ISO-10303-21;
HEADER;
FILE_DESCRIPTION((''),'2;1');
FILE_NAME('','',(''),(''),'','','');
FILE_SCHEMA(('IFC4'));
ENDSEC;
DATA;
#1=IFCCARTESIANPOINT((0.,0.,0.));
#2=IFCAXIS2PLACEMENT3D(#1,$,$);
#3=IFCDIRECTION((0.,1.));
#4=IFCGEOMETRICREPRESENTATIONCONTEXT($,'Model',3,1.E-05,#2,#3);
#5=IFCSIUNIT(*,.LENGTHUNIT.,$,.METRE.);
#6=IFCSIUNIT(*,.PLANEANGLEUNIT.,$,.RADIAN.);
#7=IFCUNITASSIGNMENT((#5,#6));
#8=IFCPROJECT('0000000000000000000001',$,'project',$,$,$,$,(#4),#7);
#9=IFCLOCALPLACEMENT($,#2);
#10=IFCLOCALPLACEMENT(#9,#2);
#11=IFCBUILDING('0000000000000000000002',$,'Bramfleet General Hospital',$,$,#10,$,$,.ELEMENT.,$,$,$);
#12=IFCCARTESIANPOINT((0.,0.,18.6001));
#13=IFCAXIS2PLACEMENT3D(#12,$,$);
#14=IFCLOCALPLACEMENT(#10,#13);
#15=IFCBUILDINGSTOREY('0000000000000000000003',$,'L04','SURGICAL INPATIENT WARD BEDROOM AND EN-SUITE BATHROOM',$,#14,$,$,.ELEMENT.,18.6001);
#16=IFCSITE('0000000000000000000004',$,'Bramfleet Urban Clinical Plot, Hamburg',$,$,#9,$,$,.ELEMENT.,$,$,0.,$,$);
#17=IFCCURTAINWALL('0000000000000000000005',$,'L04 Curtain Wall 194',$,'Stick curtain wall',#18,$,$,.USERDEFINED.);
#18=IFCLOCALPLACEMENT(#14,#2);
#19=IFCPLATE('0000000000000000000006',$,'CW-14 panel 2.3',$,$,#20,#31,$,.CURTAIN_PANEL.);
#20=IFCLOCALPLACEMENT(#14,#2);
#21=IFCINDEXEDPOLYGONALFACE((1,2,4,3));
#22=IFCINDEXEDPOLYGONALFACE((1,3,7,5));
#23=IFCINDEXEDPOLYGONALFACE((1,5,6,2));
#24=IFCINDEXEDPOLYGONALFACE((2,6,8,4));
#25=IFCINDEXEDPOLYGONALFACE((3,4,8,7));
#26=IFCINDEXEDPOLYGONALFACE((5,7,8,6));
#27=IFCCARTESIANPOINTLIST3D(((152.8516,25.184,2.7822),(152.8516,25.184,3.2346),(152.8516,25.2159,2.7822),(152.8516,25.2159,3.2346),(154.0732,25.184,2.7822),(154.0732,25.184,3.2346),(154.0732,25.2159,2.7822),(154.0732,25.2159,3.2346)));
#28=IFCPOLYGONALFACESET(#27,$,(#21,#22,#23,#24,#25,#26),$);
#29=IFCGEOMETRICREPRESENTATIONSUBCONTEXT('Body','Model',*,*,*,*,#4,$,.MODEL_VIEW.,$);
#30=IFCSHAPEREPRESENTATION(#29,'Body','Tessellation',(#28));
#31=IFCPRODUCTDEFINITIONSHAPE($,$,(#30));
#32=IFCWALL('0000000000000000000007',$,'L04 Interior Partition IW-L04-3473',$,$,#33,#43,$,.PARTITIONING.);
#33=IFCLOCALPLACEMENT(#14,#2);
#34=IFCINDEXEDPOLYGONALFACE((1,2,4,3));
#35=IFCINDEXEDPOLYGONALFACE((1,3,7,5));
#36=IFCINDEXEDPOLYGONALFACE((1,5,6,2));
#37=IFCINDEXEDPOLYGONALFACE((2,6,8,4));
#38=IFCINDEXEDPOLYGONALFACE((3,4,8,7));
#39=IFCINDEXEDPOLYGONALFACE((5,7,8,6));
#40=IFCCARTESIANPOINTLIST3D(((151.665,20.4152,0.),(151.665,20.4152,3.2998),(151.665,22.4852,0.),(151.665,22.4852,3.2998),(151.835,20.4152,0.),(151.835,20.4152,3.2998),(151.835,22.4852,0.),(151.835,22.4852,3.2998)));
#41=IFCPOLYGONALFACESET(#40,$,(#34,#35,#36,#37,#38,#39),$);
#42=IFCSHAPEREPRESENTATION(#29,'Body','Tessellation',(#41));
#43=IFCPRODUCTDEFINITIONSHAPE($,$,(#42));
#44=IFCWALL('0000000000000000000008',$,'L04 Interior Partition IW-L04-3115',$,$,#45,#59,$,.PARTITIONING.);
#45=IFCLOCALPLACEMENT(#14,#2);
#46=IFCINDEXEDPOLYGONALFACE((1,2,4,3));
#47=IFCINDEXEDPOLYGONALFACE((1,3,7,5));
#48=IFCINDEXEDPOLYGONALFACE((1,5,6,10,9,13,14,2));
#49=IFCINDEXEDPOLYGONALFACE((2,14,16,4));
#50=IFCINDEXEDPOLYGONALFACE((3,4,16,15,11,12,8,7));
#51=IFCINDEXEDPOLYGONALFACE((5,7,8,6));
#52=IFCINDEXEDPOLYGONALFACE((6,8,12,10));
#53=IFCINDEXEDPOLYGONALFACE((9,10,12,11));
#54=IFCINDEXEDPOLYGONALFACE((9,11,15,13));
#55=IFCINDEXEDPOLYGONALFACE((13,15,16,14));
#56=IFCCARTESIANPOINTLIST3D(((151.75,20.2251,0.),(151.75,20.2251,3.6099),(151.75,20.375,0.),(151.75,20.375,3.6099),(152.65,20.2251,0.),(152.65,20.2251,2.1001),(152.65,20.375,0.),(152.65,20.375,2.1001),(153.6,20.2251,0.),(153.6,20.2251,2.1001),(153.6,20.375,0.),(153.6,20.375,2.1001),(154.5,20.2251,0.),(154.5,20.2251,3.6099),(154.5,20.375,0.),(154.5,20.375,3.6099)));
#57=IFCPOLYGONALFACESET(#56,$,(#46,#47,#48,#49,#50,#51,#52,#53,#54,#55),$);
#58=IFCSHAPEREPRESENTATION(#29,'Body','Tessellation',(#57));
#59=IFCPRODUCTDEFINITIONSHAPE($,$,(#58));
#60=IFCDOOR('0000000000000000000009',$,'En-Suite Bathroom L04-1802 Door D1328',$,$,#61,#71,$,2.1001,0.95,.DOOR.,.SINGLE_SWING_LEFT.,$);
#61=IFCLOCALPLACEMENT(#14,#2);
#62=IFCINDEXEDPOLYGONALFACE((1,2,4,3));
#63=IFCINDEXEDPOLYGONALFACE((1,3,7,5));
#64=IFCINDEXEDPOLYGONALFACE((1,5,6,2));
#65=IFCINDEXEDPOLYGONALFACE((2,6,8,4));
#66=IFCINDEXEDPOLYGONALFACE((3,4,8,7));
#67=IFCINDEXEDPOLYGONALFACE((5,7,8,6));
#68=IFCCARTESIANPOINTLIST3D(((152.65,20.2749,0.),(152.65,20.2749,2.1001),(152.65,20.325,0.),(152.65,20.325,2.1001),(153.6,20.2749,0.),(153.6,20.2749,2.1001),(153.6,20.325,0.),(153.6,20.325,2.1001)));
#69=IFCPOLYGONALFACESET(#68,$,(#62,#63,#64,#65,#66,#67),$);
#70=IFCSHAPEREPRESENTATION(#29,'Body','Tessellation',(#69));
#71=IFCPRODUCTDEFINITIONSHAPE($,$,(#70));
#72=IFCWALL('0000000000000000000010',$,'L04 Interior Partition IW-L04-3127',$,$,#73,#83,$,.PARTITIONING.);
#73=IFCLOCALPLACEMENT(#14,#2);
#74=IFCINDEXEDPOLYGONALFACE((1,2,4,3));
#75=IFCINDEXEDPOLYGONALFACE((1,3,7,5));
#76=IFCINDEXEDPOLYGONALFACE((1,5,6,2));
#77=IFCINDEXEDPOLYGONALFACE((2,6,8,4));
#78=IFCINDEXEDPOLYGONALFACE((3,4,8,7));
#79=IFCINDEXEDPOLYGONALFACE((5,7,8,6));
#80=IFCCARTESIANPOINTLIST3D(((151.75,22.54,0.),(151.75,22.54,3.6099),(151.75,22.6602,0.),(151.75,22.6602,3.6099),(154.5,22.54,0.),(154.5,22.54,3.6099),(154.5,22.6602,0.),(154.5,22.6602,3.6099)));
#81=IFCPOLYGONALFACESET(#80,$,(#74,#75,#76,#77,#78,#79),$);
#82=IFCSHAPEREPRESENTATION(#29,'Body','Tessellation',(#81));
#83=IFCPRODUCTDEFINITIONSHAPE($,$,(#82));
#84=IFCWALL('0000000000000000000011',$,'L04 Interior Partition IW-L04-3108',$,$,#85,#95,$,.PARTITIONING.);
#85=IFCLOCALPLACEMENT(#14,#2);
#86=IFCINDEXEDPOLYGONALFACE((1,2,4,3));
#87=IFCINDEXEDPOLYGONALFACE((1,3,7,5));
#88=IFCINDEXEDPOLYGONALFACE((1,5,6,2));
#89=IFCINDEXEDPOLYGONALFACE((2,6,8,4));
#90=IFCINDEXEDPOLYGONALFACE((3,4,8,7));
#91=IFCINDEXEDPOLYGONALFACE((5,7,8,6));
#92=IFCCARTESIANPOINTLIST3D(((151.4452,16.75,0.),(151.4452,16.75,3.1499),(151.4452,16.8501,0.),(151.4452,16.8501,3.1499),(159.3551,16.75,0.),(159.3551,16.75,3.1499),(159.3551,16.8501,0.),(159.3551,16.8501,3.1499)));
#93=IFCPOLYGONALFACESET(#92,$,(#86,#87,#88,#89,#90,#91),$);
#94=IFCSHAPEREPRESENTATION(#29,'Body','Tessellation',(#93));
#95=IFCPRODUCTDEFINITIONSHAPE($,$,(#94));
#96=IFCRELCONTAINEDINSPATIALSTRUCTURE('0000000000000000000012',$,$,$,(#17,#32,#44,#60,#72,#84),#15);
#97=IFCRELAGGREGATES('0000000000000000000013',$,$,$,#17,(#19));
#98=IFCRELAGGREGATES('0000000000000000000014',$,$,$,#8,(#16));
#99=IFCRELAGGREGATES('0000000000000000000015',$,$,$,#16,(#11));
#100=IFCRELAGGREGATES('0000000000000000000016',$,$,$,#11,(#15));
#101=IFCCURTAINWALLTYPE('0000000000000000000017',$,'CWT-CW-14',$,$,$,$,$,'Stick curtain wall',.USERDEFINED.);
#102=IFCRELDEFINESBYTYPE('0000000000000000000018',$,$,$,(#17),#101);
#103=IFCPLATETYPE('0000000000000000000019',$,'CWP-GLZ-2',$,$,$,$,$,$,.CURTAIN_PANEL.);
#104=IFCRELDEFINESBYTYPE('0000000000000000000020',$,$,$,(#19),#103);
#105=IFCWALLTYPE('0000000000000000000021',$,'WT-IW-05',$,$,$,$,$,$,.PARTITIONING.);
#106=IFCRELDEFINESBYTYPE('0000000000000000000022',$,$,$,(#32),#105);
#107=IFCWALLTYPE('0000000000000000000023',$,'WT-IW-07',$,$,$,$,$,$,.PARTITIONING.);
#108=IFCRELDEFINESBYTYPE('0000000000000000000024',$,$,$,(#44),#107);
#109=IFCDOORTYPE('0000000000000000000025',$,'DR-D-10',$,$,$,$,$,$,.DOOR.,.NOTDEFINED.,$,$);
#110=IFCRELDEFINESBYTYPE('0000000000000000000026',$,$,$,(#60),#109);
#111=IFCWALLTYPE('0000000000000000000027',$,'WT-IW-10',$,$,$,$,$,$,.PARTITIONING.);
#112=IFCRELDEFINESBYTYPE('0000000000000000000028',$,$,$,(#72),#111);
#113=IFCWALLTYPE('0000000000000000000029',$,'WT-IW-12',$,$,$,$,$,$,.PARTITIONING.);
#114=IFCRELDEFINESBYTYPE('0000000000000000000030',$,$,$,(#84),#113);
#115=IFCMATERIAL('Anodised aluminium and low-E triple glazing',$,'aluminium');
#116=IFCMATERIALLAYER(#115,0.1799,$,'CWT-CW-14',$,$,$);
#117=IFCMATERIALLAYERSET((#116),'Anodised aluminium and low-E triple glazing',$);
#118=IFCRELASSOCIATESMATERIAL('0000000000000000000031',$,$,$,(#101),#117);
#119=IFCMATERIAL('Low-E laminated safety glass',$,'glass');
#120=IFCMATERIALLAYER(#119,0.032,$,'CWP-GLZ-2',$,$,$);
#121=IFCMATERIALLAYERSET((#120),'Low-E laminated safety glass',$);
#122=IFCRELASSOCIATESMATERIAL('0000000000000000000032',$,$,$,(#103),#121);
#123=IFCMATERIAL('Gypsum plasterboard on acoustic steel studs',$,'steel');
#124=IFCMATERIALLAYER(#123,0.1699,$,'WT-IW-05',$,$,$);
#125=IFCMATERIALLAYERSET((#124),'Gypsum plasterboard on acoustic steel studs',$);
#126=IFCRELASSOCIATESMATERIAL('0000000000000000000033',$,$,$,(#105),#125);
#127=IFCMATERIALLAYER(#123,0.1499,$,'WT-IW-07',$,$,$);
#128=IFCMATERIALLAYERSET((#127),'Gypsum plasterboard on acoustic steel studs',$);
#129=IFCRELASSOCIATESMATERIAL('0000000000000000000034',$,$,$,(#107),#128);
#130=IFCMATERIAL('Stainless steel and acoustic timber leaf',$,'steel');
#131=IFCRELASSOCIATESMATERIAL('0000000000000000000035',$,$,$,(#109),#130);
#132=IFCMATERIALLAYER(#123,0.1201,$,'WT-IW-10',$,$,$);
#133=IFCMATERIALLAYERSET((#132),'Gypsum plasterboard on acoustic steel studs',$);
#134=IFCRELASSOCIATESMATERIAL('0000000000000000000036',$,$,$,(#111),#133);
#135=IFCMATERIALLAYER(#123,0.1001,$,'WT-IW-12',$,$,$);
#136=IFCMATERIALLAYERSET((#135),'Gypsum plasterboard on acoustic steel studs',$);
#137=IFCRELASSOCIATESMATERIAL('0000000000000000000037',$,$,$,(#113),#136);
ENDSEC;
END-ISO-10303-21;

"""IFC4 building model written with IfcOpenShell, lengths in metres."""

from ifc_helpers import new_model, si_unit, direction, frame, frame_2d, origin, origin_2d, place, context, subcontext, project, spatial, rectangle, extrude, material, layer, layer_set, type_object, element, fill, aggregate, save


model = new_model("IFC4")

# Units and contexts
model_context = context("Model", 3, precision=1e-05, world=origin(), true_north=direction((0.0, 1.0)))
body_context = subcontext(model_context, "Body", "Model", "MODEL_VIEW")
ifc_project = project(units=[si_unit("LENGTHUNIT", "METRE"), si_unit("PLANEANGLEUNIT", "RADIAN")], contexts=[model_context])

# Site, building, storey
site_placement = place(None, origin())
site = spatial("IfcSite", under=ifc_project, at=site_placement, Name="Bramfleet Urban Clinical Plot, Hamburg", CompositionType="ELEMENT", RefElevation=0.0)
building_placement = place(site_placement, origin())
building = spatial("IfcBuilding", under=site, at=building_placement, Name="Bramfleet General Hospital", CompositionType="ELEMENT")
storey_placement = place(building_placement, frame((0.0, 0.0, 18.6001)))
storey = spatial("IfcBuildingStorey", under=building, at=storey_placement, Name="L04", Description="SURGICAL INPATIENT WARD BEDROOM AND EN-SUITE BATHROOM", CompositionType="ELEMENT", Elevation=18.6001)

# Curtain wall, plate
ifc_material_1 = material(Name="Anodised aluminium and low-E triple glazing", Category="aluminium")
ifc_layer_1 = layer(ifc_material_1, 0.1799, Name="CWT-CW-14")
ifc_layer_set_1 = layer_set([ifc_layer_1], Name="Anodised aluminium and low-E triple glazing")
curtain_wall_type = type_object("IfcCurtainWallType", Name="CWT-CW-14", ElementType="Stick curtain wall", PredefinedType="USERDEFINED", material=ifc_layer_set_1)
curtain_wall_placement = place(storey_placement, origin())
curtain_wall = element("IfcCurtainWall", 1, at=curtain_wall_placement, inside=storey, type_object=curtain_wall_type, Name="L04 Curtain Wall 194", ObjectType="Stick curtain wall", PredefinedType="USERDEFINED")
ifc_material_2 = material(Name="Low-E laminated safety glass", Category="glass")
ifc_layer_2 = layer(ifc_material_2, 0.032, Name="CWP-GLZ-2")
ifc_layer_set_2 = layer_set([ifc_layer_2], Name="Low-E laminated safety glass")
plate_type = type_object("IfcPlateType", Name="CWP-GLZ-2", PredefinedType="CURTAIN_PANEL", material=ifc_layer_set_2)
plate_1_placement = place(storey_placement, frame((153.4624, 25.2, 2.7822), z_axis=(0.0, 0.0, 1.0), x_axis=(1.0, 0.0, 0.0)))
plate_1 = element("IfcPlate", 2, at=plate_1_placement, type_object=plate_type, Name="CW-14 panel 2.3", PredefinedType="CURTAIN_PANEL", context=body_context, shape_type="SweptSolid", body=[
    extrude(rectangle(XDim=1.2217, YDim=0.032, at=origin_2d()), origin(), (0.0, 0.0, 1.0), 0.4524),
])
aggregate(curtain_wall, [plate_1])

# Wall
ifc_material_3 = material(Name="Gypsum plasterboard on acoustic steel studs", Category="steel")
ifc_layer_3 = layer(ifc_material_3, 0.1699, Name="WT-IW-05")
ifc_layer_set_3 = layer_set([ifc_layer_3], Name="Gypsum plasterboard on acoustic steel studs")
wall_type_1 = type_object("IfcWallType", Name="WT-IW-05", PredefinedType="PARTITIONING", material=ifc_layer_set_3)
wall_1_placement = place(storey_placement, frame((151.75, 20.415, 0.0), z_axis=(0.0, 0.0, 1.0), x_axis=(0.0, 1.0, 0.0)))
element("IfcWall", 3, at=wall_1_placement, inside=storey, type_object=wall_type_1, Name="L04 Interior Partition IW-L04-3473", PredefinedType="PARTITIONING", context=body_context, shape_type="SweptSolid", body=[
    extrude(rectangle(XDim=2.0701, YDim=0.1699, at=frame_2d((1.0352, 0.0))), origin(), (0.0, 0.0, 1.0), 3.2998),
])

# Wall, opening, door
ifc_layer_4 = layer(ifc_material_3, 0.1499, Name="WT-IW-07")
ifc_layer_set_4 = layer_set([ifc_layer_4], Name="Gypsum plasterboard on acoustic steel studs")
wall_type_2 = type_object("IfcWallType", Name="WT-IW-07", PredefinedType="PARTITIONING", material=ifc_layer_set_4)
wall_2_placement = place(storey_placement, frame((151.75, 20.3, 0.0), z_axis=(0.0, 0.0, 1.0), x_axis=(1.0, 0.0, 0.0)))
wall_2 = element("IfcWall", 4, at=wall_2_placement, inside=storey, type_object=wall_type_2, Name="L04 Interior Partition IW-L04-3115", PredefinedType="PARTITIONING", context=body_context, shape_type="SweptSolid", body=[
    extrude(rectangle(XDim=2.75, YDim=0.1499, at=frame_2d((1.375, 0.0))), origin(), (0.0, 0.0, 1.0), 3.6099),
])
opening_placement = place(wall_2_placement, frame((0.8999, 0.0, 0.0)))
opening = element("IfcOpeningElement", 5, at=opening_placement, cuts=wall_2, PredefinedType="OPENING", context=body_context, shape_type="SweptSolid", body=[
    extrude(rectangle(XDim=0.95, YDim=2.1001, at=frame_2d((0.4751, 1.05))), frame((0.0, 0.085, 0.0), z_axis=(0.0, -1.0, 0.0), x_axis=(1.0, 0.0, 0.0)), (0.0, 0.0, 1.0), 0.1699),
])
ifc_material_4 = material(Name="Stainless steel and acoustic timber leaf", Category="steel")
door_type = type_object("IfcDoorType", Name="DR-D-10", OperationType="NOTDEFINED", PredefinedType="DOOR", material=ifc_material_4)
door_placement = place(opening_placement, origin())
door = element("IfcDoor", 6, at=door_placement, inside=storey, type_object=door_type, Name="En-Suite Bathroom L04-1802 Door D1328", OperationType="SINGLE_SWING_LEFT", OverallHeight=2.1001, OverallWidth=0.95, PredefinedType="DOOR", context=body_context, shape_type="SweptSolid", body=[
    extrude(rectangle(XDim=0.95, YDim=2.1001, at=frame_2d((0.4751, 1.05))), frame((0.0, 0.0249, 0.0), z_axis=(0.0, -1.0, 0.0), x_axis=(1.0, 0.0, 0.0)), (0.0, 0.0, 1.0), 0.05),
])
fill(opening, door)

# Walls
ifc_layer_5 = layer(ifc_material_3, 0.1201, Name="WT-IW-10")
ifc_layer_set_5 = layer_set([ifc_layer_5], Name="Gypsum plasterboard on acoustic steel studs")
wall_type_3 = type_object("IfcWallType", Name="WT-IW-10", PredefinedType="PARTITIONING", material=ifc_layer_set_5)
wall_3_placement = place(storey_placement, frame((151.75, 22.6001, 0.0), z_axis=(0.0, 0.0, 1.0), x_axis=(1.0, 0.0, 0.0)))
element("IfcWall", 7, at=wall_3_placement, inside=storey, type_object=wall_type_3, Name="L04 Interior Partition IW-L04-3127", PredefinedType="PARTITIONING", context=body_context, shape_type="SweptSolid", body=[
    extrude(rectangle(XDim=2.75, YDim=0.1201, at=frame_2d((1.375, 0.0))), origin(), (0.0, 0.0, 1.0), 3.6099),
])
ifc_layer_6 = layer(ifc_material_3, 0.1001, Name="WT-IW-12")
ifc_layer_set_6 = layer_set([ifc_layer_6], Name="Gypsum plasterboard on acoustic steel studs")
wall_type_4 = type_object("IfcWallType", Name="WT-IW-12", PredefinedType="PARTITIONING", material=ifc_layer_set_6)
wall_4_placement = place(storey_placement, frame((151.4451, 16.8, 0.0), z_axis=(0.0, 0.0, 1.0), x_axis=(1.0, 0.0, 0.0)))
element("IfcWall", 8, at=wall_4_placement, inside=storey, type_object=wall_type_4, Name="L04 Interior Partition IW-L04-3108", PredefinedType="PARTITIONING", context=body_context, shape_type="SweptSolid", body=[
    extrude(rectangle(XDim=7.9099, YDim=0.1001, at=frame_2d((3.9551, 0.0))), origin(), (0.0, 0.0, 1.0), 3.1499),
])

save(model, "model.ifc")
